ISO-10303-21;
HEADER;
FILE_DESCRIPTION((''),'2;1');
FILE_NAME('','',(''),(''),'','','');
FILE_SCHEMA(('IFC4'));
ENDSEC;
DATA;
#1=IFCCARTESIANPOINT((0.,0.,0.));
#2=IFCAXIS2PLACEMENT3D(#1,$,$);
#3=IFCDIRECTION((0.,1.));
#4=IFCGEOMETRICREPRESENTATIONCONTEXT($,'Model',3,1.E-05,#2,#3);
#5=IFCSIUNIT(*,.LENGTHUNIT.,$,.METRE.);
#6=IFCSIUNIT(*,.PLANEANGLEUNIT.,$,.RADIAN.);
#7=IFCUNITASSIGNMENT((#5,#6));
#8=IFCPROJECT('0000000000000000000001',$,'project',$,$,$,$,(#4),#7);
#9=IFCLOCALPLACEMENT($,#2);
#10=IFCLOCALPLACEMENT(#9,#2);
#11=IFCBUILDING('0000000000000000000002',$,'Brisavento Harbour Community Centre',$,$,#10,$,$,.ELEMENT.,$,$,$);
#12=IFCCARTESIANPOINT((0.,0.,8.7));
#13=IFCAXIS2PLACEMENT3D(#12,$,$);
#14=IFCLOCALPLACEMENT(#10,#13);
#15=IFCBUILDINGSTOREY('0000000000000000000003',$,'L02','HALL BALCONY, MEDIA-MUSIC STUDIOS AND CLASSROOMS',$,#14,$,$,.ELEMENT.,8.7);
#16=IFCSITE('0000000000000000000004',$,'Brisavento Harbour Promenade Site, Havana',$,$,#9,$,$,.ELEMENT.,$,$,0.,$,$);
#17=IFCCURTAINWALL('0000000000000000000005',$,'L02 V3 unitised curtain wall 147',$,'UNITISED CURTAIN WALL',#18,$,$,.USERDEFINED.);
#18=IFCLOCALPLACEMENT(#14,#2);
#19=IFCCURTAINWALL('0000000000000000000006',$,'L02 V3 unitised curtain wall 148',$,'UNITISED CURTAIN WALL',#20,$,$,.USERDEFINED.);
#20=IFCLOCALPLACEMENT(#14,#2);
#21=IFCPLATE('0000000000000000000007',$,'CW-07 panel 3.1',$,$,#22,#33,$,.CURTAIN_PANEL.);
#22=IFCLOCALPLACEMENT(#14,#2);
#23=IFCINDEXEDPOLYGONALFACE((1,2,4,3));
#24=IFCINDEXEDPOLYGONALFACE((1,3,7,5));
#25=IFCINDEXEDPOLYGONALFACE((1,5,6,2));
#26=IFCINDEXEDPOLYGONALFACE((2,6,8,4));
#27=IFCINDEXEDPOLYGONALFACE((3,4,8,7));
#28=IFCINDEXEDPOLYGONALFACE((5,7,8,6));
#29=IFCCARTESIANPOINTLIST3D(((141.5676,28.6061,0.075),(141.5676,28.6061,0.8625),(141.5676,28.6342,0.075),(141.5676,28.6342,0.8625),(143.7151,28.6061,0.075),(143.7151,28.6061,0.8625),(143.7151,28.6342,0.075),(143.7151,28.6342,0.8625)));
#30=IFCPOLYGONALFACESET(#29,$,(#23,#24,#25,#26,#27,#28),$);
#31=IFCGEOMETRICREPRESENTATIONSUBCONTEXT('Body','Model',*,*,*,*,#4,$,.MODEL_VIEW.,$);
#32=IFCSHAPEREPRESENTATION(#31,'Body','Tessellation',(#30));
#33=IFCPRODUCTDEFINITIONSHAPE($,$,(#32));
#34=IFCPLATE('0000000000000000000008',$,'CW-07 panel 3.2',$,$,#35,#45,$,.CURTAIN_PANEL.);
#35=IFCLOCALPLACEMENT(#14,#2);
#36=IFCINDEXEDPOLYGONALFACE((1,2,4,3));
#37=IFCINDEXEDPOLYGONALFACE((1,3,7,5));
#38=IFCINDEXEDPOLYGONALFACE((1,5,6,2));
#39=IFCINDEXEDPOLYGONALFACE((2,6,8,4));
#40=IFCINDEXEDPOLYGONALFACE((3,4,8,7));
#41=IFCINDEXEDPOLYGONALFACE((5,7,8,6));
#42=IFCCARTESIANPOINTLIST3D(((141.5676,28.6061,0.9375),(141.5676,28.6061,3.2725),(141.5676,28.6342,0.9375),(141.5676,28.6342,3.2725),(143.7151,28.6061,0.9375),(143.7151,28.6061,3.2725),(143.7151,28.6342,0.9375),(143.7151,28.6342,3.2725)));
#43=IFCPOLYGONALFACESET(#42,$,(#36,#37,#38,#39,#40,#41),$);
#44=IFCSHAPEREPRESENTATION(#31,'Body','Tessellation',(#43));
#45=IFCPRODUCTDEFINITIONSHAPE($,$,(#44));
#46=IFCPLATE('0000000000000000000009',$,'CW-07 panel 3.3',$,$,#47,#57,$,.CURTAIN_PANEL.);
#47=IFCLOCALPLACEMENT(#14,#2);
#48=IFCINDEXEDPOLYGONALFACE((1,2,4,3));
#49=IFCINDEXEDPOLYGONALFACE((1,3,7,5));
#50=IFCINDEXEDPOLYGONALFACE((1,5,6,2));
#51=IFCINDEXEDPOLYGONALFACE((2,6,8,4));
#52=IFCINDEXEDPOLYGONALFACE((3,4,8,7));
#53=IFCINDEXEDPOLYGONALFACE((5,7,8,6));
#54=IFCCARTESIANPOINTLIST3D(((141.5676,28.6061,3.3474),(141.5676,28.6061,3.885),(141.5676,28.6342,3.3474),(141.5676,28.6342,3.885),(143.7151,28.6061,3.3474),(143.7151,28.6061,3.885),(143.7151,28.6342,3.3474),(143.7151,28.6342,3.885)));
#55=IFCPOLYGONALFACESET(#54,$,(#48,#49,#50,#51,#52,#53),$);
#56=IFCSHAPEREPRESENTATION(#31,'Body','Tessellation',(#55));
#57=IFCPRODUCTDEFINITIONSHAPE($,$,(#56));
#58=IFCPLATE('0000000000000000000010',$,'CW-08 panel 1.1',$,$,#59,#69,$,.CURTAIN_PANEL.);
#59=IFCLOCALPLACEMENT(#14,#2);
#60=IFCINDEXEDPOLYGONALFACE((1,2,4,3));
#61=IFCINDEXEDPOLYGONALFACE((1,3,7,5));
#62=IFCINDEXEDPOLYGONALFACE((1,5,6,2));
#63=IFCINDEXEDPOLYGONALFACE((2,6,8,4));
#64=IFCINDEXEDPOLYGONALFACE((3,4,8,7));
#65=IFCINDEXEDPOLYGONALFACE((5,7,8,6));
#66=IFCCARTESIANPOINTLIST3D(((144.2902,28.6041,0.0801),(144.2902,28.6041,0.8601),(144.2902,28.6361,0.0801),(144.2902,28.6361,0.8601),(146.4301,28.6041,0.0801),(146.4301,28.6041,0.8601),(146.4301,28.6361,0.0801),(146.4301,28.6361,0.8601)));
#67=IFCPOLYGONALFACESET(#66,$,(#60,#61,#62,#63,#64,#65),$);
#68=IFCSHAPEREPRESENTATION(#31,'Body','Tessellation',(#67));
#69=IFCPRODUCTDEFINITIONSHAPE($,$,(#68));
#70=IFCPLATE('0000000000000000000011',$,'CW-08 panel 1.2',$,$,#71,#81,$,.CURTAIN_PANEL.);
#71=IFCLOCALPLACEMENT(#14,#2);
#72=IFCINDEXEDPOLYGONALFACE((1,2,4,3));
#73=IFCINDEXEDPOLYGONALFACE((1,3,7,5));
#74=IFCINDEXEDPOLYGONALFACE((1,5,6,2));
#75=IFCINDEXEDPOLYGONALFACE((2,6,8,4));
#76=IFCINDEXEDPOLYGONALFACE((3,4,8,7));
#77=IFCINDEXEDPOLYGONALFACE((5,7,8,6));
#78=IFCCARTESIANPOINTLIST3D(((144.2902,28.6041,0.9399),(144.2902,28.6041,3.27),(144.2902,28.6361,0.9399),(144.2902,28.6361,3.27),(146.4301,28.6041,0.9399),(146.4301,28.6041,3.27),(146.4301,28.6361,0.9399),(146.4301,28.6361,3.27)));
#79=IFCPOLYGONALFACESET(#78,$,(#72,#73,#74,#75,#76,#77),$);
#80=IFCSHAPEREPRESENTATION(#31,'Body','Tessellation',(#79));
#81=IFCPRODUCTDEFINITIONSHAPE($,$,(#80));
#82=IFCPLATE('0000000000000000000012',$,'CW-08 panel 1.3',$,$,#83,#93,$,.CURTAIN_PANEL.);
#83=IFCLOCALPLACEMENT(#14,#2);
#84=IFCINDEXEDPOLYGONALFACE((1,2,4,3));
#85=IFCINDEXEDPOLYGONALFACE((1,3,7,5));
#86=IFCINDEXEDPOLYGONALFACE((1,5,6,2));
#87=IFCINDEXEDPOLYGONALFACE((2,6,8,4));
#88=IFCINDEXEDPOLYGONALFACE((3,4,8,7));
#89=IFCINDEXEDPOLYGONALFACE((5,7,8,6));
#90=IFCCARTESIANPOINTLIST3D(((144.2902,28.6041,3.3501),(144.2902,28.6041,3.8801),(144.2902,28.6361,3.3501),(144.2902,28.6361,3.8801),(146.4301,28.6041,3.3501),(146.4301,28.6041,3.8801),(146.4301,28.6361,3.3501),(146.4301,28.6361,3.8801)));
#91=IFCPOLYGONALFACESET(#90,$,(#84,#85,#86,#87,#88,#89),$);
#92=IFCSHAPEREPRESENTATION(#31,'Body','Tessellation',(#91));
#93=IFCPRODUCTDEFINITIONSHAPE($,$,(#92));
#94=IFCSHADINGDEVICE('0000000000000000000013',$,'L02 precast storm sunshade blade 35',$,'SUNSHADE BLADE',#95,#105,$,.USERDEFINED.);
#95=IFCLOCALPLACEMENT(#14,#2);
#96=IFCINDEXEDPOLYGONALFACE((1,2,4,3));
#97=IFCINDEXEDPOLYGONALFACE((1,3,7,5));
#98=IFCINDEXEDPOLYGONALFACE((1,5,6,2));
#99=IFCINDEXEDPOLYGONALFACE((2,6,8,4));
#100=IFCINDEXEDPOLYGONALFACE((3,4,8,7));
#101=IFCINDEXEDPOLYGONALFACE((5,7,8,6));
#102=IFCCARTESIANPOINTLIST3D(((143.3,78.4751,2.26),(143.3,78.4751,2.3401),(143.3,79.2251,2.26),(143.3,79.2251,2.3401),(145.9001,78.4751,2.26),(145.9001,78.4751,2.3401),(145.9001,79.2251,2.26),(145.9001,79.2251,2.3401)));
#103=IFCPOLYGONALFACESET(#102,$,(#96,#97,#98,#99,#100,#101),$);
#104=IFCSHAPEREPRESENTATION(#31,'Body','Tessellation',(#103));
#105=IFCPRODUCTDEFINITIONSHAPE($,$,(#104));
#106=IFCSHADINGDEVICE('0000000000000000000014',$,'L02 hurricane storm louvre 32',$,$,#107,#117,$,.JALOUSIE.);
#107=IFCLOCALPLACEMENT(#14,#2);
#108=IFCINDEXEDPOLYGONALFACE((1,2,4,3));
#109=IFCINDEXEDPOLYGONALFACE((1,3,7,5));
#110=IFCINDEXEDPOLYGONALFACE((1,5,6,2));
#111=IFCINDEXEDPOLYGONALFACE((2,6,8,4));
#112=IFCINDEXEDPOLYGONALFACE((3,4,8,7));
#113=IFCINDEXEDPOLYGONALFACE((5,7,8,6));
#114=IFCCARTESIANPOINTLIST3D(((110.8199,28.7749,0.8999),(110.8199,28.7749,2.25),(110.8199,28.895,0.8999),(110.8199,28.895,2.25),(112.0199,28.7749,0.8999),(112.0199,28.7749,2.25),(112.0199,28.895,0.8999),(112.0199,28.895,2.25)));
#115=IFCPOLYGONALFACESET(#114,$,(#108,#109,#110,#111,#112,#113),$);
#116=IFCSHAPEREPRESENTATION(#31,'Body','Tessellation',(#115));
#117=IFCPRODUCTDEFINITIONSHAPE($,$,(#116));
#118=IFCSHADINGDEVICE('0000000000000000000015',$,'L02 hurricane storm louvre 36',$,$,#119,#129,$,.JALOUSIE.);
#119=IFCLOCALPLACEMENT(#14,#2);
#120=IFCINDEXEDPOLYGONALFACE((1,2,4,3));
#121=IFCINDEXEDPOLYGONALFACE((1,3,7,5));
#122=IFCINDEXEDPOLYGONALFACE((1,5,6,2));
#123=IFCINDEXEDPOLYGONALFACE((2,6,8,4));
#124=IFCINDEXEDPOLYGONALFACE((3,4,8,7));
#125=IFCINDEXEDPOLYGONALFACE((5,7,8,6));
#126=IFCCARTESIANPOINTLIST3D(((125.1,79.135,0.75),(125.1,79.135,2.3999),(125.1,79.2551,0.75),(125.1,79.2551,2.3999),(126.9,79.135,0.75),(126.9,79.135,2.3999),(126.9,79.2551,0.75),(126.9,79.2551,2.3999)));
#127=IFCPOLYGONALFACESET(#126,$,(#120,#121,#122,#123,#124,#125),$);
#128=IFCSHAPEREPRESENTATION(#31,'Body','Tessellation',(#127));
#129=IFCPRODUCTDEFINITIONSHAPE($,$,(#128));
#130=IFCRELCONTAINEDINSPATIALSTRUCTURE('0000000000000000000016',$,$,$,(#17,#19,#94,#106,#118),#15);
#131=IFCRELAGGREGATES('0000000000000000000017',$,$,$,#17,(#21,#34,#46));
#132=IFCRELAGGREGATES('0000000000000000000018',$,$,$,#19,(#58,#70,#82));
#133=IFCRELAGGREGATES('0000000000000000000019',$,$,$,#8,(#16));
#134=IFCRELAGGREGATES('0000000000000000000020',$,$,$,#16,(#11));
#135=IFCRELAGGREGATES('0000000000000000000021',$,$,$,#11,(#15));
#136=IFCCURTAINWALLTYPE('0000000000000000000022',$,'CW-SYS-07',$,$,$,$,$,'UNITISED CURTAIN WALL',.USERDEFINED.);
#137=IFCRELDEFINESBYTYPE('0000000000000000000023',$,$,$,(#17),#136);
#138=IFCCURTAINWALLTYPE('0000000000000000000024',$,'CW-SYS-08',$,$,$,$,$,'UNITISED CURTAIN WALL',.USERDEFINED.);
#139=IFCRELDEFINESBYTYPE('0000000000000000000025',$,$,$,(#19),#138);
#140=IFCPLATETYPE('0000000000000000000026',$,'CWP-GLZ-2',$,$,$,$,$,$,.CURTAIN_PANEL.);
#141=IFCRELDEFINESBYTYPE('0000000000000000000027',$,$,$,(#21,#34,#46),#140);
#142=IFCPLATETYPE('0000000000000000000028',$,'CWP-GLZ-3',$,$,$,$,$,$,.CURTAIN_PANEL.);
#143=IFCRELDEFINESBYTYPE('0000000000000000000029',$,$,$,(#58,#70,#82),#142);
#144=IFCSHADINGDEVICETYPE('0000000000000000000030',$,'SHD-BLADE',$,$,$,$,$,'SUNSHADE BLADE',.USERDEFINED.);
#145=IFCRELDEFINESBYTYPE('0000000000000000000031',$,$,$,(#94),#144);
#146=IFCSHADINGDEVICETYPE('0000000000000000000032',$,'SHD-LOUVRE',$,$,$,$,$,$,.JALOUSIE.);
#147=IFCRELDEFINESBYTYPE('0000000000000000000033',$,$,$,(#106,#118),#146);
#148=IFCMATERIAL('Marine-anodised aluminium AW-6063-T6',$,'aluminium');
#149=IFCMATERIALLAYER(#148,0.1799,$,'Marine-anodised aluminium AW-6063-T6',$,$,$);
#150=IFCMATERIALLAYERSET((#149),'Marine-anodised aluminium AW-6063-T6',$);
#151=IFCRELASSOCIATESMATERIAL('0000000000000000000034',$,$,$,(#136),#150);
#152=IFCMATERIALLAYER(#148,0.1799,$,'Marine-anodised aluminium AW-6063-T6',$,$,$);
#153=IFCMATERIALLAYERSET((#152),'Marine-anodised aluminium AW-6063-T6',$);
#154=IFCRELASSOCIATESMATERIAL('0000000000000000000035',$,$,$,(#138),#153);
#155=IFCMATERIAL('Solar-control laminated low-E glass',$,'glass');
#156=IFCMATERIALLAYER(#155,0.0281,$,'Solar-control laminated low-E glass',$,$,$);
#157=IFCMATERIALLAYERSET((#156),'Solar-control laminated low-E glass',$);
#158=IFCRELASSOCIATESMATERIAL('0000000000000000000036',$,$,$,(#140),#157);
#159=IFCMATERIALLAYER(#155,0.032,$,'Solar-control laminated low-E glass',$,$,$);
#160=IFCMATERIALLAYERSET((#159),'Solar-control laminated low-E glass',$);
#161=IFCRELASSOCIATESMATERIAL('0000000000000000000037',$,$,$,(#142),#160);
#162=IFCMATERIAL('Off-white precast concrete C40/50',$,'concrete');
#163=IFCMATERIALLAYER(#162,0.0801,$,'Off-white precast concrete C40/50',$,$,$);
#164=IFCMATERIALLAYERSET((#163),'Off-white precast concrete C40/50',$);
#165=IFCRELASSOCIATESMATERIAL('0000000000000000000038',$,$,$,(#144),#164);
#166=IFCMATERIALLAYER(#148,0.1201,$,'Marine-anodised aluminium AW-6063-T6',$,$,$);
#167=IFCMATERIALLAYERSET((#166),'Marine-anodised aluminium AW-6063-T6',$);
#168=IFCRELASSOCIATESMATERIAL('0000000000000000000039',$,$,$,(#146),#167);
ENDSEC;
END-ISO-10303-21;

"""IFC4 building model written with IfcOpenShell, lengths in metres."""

from ifc_helpers import new_model, si_unit, direction, frame, origin, origin_2d, place, context, subcontext, project, spatial, rectangle, extrude, material, layer, layer_set, type_object, element, aggregate, save


model = new_model("IFC4")

# Units and contexts
model_context = context("Model", 3, precision=1e-05, world=origin(), true_north=direction((0.0, 1.0)))
body_context = subcontext(model_context, "Body", "Model", "MODEL_VIEW")
ifc_project = project(units=[si_unit("LENGTHUNIT", "METRE"), si_unit("PLANEANGLEUNIT", "RADIAN")], contexts=[model_context])

# Site, building, storey
site_placement = place(None, origin())
site = spatial("IfcSite", under=ifc_project, at=site_placement, Name="Brisavento Harbour Promenade Site, Havana", CompositionType="ELEMENT", RefElevation=0.0)
building_placement = place(site_placement, origin())
building = spatial("IfcBuilding", under=site, at=building_placement, Name="Brisavento Harbour Community Centre", CompositionType="ELEMENT")
storey_placement = place(building_placement, frame((0.0, 0.0, 8.7)))
storey = spatial("IfcBuildingStorey", under=building, at=storey_placement, Name="L02", Description="HALL BALCONY, MEDIA-MUSIC STUDIOS AND CLASSROOMS", CompositionType="ELEMENT", Elevation=8.7)

# Curtain wall
ifc_material_1 = material(Name="Marine-anodised aluminium AW-6063-T6", Category="aluminium")
ifc_layer_1 = layer(ifc_material_1, 0.1799, Name="Marine-anodised aluminium AW-6063-T6")
ifc_layer_set_1 = layer_set([ifc_layer_1], Name="Marine-anodised aluminium AW-6063-T6")
curtain_wall_type_1 = type_object("IfcCurtainWallType", Name="CW-SYS-07", ElementType="UNITISED CURTAIN WALL", PredefinedType="USERDEFINED", material=ifc_layer_set_1)
curtain_wall_1_placement = place(storey_placement, origin())
curtain_wall_1 = element("IfcCurtainWall", 1, at=curtain_wall_1_placement, inside=storey, type_object=curtain_wall_type_1, Name="L02 V3 unitised curtain wall 147", ObjectType="UNITISED CURTAIN WALL", PredefinedType="USERDEFINED")

# Curtain wall
ifc_layer_2 = layer(ifc_material_1, 0.1799, Name="Marine-anodised aluminium AW-6063-T6")
ifc_layer_set_2 = layer_set([ifc_layer_2], Name="Marine-anodised aluminium AW-6063-T6")
curtain_wall_type_2 = type_object("IfcCurtainWallType", Name="CW-SYS-08", ElementType="UNITISED CURTAIN WALL", PredefinedType="USERDEFINED", material=ifc_layer_set_2)
curtain_wall_2_placement = place(storey_placement, origin())
curtain_wall_2 = element("IfcCurtainWall", 2, at=curtain_wall_2_placement, inside=storey, type_object=curtain_wall_type_2, Name="L02 V3 unitised curtain wall 148", ObjectType="UNITISED CURTAIN WALL", PredefinedType="USERDEFINED")

# Plates
ifc_material_2 = material(Name="Solar-control laminated low-E glass", Category="glass")
ifc_layer_3 = layer(ifc_material_2, 0.0281, Name="Solar-control laminated low-E glass")
ifc_layer_set_3 = layer_set([ifc_layer_3], Name="Solar-control laminated low-E glass")
plate_type_1 = type_object("IfcPlateType", Name="CWP-GLZ-2", PredefinedType="CURTAIN_PANEL", material=ifc_layer_set_3)
plate_1_placement = place(storey_placement, frame((142.6414, 28.6201, 0.075), z_axis=(0.0, 0.0, 1.0), x_axis=(1.0, 0.0, 0.0)))
plate_1 = element("IfcPlate", 3, at=plate_1_placement, type_object=plate_type_1, Name="CW-07 panel 3.1", PredefinedType="CURTAIN_PANEL", context=body_context, shape_type="SweptSolid", body=[
    extrude(rectangle(XDim=2.1475, YDim=0.0281, at=origin_2d()), origin(), (0.0, 0.0, 1.0), 0.7876),
])
plate_2_placement = place(storey_placement, frame((142.6414, 28.6201, 0.9375), z_axis=(0.0, 0.0, 1.0), x_axis=(1.0, 0.0, 0.0)))
plate_2 = element("IfcPlate", 4, at=plate_2_placement, type_object=plate_type_1, Name="CW-07 panel 3.2", PredefinedType="CURTAIN_PANEL", context=body_context, shape_type="SweptSolid", body=[
    extrude(rectangle(XDim=2.1475, YDim=0.0281, at=origin_2d()), origin(), (0.0, 0.0, 1.0), 2.335),
])
plate_3_placement = place(storey_placement, frame((142.6414, 28.6201, 3.3474), z_axis=(0.0, 0.0, 1.0), x_axis=(1.0, 0.0, 0.0)))
plate_3 = element("IfcPlate", 5, at=plate_3_placement, type_object=plate_type_1, Name="CW-07 panel 3.3", PredefinedType="CURTAIN_PANEL", context=body_context, shape_type="SweptSolid", body=[
    extrude(rectangle(XDim=2.1475, YDim=0.0281, at=origin_2d()), origin(), (0.0, 0.0, 1.0), 0.5376),
])
aggregate(curtain_wall_1, [plate_1, plate_2, plate_3])
ifc_layer_4 = layer(ifc_material_2, 0.032, Name="Solar-control laminated low-E glass")
ifc_layer_set_4 = layer_set([ifc_layer_4], Name="Solar-control laminated low-E glass")
plate_type_2 = type_object("IfcPlateType", Name="CWP-GLZ-3", PredefinedType="CURTAIN_PANEL", material=ifc_layer_set_4)
plate_4_placement = place(storey_placement, frame((145.3601, 28.6201, 0.0801), z_axis=(0.0, 0.0, 1.0), x_axis=(1.0, 0.0, 0.0)))
plate_4 = element("IfcPlate", 6, at=plate_4_placement, type_object=plate_type_2, Name="CW-08 panel 1.1", PredefinedType="CURTAIN_PANEL", context=body_context, shape_type="SweptSolid", body=[
    extrude(rectangle(XDim=2.1399, YDim=0.032, at=origin_2d()), origin(), (0.0, 0.0, 1.0), 0.78),
])
plate_5_placement = place(storey_placement, frame((145.3601, 28.6201, 0.9399), z_axis=(0.0, 0.0, 1.0), x_axis=(1.0, 0.0, 0.0)))
plate_5 = element("IfcPlate", 7, at=plate_5_placement, type_object=plate_type_2, Name="CW-08 panel 1.2", PredefinedType="CURTAIN_PANEL", context=body_context, shape_type="SweptSolid", body=[
    extrude(rectangle(XDim=2.1399, YDim=0.032, at=origin_2d()), origin(), (0.0, 0.0, 1.0), 2.3301),
])
plate_6_placement = place(storey_placement, frame((145.3601, 28.6201, 3.3501), z_axis=(0.0, 0.0, 1.0), x_axis=(1.0, 0.0, 0.0)))
plate_6 = element("IfcPlate", 8, at=plate_6_placement, type_object=plate_type_2, Name="CW-08 panel 1.3", PredefinedType="CURTAIN_PANEL", context=body_context, shape_type="SweptSolid", body=[
    extrude(rectangle(XDim=2.1399, YDim=0.032, at=origin_2d()), origin(), (0.0, 0.0, 1.0), 0.53),
])
aggregate(curtain_wall_2, [plate_4, plate_5, plate_6])

# Shading devices
ifc_material_3 = material(Name="Off-white precast concrete C40/50", Category="concrete")
ifc_layer_5 = layer(ifc_material_3, 0.0801, Name="Off-white precast concrete C40/50")
ifc_layer_set_5 = layer_set([ifc_layer_5], Name="Off-white precast concrete C40/50")
shading_device_type_1 = type_object("IfcShadingDeviceType", Name="SHD-BLADE", ElementType="SUNSHADE BLADE", PredefinedType="USERDEFINED", material=ifc_layer_set_5)
shading_device_1_placement = place(storey_placement, frame((144.6001, 78.8501, 2.26), z_axis=(0.0, 0.0, 1.0), x_axis=(-1.0, 0.0, 0.0)))
element("IfcShadingDevice", 9, at=shading_device_1_placement, inside=storey, type_object=shading_device_type_1, Name="L02 precast storm sunshade blade 35", ObjectType="SUNSHADE BLADE", PredefinedType="USERDEFINED", context=body_context, shape_type="SweptSolid", body=[
    extrude(rectangle(XDim=2.6001, YDim=0.75, at=origin_2d()), origin(), (0.0, 0.0, 1.0), 0.0801),
])
ifc_layer_6 = layer(ifc_material_1, 0.1201, Name="Marine-anodised aluminium AW-6063-T6")
ifc_layer_set_6 = layer_set([ifc_layer_6], Name="Marine-anodised aluminium AW-6063-T6")
shading_device_type_2 = type_object("IfcShadingDeviceType", Name="SHD-LOUVRE", PredefinedType="JALOUSIE", material=ifc_layer_set_6)
shading_device_2_placement = place(storey_placement, frame((111.4199, 28.835, 0.8999), z_axis=(0.0, 0.0, 1.0), x_axis=(1.0, 0.0, 0.0)))
element("IfcShadingDevice", 10, at=shading_device_2_placement, inside=storey, type_object=shading_device_type_2, Name="L02 hurricane storm louvre 32", PredefinedType="JALOUSIE", context=body_context, shape_type="SweptSolid", body=[
    extrude(rectangle(XDim=1.2, YDim=0.1201, at=origin_2d()), origin(), (0.0, 0.0, 1.0), 1.3501),
])
shading_device_3_placement = place(storey_placement, frame((126.0, 79.1951, 0.75), z_axis=(0.0, 0.0, 1.0), x_axis=(-1.0, 0.0, 0.0)))
element("IfcShadingDevice", 11, at=shading_device_3_placement, inside=storey, type_object=shading_device_type_2, Name="L02 hurricane storm louvre 36", PredefinedType="JALOUSIE", context=body_context, shape_type="SweptSolid", body=[
    extrude(rectangle(XDim=1.8, YDim=0.1201, at=origin_2d()), origin(), (0.0, 0.0, 1.0), 1.6499),
])

save(model, "model.ifc")
